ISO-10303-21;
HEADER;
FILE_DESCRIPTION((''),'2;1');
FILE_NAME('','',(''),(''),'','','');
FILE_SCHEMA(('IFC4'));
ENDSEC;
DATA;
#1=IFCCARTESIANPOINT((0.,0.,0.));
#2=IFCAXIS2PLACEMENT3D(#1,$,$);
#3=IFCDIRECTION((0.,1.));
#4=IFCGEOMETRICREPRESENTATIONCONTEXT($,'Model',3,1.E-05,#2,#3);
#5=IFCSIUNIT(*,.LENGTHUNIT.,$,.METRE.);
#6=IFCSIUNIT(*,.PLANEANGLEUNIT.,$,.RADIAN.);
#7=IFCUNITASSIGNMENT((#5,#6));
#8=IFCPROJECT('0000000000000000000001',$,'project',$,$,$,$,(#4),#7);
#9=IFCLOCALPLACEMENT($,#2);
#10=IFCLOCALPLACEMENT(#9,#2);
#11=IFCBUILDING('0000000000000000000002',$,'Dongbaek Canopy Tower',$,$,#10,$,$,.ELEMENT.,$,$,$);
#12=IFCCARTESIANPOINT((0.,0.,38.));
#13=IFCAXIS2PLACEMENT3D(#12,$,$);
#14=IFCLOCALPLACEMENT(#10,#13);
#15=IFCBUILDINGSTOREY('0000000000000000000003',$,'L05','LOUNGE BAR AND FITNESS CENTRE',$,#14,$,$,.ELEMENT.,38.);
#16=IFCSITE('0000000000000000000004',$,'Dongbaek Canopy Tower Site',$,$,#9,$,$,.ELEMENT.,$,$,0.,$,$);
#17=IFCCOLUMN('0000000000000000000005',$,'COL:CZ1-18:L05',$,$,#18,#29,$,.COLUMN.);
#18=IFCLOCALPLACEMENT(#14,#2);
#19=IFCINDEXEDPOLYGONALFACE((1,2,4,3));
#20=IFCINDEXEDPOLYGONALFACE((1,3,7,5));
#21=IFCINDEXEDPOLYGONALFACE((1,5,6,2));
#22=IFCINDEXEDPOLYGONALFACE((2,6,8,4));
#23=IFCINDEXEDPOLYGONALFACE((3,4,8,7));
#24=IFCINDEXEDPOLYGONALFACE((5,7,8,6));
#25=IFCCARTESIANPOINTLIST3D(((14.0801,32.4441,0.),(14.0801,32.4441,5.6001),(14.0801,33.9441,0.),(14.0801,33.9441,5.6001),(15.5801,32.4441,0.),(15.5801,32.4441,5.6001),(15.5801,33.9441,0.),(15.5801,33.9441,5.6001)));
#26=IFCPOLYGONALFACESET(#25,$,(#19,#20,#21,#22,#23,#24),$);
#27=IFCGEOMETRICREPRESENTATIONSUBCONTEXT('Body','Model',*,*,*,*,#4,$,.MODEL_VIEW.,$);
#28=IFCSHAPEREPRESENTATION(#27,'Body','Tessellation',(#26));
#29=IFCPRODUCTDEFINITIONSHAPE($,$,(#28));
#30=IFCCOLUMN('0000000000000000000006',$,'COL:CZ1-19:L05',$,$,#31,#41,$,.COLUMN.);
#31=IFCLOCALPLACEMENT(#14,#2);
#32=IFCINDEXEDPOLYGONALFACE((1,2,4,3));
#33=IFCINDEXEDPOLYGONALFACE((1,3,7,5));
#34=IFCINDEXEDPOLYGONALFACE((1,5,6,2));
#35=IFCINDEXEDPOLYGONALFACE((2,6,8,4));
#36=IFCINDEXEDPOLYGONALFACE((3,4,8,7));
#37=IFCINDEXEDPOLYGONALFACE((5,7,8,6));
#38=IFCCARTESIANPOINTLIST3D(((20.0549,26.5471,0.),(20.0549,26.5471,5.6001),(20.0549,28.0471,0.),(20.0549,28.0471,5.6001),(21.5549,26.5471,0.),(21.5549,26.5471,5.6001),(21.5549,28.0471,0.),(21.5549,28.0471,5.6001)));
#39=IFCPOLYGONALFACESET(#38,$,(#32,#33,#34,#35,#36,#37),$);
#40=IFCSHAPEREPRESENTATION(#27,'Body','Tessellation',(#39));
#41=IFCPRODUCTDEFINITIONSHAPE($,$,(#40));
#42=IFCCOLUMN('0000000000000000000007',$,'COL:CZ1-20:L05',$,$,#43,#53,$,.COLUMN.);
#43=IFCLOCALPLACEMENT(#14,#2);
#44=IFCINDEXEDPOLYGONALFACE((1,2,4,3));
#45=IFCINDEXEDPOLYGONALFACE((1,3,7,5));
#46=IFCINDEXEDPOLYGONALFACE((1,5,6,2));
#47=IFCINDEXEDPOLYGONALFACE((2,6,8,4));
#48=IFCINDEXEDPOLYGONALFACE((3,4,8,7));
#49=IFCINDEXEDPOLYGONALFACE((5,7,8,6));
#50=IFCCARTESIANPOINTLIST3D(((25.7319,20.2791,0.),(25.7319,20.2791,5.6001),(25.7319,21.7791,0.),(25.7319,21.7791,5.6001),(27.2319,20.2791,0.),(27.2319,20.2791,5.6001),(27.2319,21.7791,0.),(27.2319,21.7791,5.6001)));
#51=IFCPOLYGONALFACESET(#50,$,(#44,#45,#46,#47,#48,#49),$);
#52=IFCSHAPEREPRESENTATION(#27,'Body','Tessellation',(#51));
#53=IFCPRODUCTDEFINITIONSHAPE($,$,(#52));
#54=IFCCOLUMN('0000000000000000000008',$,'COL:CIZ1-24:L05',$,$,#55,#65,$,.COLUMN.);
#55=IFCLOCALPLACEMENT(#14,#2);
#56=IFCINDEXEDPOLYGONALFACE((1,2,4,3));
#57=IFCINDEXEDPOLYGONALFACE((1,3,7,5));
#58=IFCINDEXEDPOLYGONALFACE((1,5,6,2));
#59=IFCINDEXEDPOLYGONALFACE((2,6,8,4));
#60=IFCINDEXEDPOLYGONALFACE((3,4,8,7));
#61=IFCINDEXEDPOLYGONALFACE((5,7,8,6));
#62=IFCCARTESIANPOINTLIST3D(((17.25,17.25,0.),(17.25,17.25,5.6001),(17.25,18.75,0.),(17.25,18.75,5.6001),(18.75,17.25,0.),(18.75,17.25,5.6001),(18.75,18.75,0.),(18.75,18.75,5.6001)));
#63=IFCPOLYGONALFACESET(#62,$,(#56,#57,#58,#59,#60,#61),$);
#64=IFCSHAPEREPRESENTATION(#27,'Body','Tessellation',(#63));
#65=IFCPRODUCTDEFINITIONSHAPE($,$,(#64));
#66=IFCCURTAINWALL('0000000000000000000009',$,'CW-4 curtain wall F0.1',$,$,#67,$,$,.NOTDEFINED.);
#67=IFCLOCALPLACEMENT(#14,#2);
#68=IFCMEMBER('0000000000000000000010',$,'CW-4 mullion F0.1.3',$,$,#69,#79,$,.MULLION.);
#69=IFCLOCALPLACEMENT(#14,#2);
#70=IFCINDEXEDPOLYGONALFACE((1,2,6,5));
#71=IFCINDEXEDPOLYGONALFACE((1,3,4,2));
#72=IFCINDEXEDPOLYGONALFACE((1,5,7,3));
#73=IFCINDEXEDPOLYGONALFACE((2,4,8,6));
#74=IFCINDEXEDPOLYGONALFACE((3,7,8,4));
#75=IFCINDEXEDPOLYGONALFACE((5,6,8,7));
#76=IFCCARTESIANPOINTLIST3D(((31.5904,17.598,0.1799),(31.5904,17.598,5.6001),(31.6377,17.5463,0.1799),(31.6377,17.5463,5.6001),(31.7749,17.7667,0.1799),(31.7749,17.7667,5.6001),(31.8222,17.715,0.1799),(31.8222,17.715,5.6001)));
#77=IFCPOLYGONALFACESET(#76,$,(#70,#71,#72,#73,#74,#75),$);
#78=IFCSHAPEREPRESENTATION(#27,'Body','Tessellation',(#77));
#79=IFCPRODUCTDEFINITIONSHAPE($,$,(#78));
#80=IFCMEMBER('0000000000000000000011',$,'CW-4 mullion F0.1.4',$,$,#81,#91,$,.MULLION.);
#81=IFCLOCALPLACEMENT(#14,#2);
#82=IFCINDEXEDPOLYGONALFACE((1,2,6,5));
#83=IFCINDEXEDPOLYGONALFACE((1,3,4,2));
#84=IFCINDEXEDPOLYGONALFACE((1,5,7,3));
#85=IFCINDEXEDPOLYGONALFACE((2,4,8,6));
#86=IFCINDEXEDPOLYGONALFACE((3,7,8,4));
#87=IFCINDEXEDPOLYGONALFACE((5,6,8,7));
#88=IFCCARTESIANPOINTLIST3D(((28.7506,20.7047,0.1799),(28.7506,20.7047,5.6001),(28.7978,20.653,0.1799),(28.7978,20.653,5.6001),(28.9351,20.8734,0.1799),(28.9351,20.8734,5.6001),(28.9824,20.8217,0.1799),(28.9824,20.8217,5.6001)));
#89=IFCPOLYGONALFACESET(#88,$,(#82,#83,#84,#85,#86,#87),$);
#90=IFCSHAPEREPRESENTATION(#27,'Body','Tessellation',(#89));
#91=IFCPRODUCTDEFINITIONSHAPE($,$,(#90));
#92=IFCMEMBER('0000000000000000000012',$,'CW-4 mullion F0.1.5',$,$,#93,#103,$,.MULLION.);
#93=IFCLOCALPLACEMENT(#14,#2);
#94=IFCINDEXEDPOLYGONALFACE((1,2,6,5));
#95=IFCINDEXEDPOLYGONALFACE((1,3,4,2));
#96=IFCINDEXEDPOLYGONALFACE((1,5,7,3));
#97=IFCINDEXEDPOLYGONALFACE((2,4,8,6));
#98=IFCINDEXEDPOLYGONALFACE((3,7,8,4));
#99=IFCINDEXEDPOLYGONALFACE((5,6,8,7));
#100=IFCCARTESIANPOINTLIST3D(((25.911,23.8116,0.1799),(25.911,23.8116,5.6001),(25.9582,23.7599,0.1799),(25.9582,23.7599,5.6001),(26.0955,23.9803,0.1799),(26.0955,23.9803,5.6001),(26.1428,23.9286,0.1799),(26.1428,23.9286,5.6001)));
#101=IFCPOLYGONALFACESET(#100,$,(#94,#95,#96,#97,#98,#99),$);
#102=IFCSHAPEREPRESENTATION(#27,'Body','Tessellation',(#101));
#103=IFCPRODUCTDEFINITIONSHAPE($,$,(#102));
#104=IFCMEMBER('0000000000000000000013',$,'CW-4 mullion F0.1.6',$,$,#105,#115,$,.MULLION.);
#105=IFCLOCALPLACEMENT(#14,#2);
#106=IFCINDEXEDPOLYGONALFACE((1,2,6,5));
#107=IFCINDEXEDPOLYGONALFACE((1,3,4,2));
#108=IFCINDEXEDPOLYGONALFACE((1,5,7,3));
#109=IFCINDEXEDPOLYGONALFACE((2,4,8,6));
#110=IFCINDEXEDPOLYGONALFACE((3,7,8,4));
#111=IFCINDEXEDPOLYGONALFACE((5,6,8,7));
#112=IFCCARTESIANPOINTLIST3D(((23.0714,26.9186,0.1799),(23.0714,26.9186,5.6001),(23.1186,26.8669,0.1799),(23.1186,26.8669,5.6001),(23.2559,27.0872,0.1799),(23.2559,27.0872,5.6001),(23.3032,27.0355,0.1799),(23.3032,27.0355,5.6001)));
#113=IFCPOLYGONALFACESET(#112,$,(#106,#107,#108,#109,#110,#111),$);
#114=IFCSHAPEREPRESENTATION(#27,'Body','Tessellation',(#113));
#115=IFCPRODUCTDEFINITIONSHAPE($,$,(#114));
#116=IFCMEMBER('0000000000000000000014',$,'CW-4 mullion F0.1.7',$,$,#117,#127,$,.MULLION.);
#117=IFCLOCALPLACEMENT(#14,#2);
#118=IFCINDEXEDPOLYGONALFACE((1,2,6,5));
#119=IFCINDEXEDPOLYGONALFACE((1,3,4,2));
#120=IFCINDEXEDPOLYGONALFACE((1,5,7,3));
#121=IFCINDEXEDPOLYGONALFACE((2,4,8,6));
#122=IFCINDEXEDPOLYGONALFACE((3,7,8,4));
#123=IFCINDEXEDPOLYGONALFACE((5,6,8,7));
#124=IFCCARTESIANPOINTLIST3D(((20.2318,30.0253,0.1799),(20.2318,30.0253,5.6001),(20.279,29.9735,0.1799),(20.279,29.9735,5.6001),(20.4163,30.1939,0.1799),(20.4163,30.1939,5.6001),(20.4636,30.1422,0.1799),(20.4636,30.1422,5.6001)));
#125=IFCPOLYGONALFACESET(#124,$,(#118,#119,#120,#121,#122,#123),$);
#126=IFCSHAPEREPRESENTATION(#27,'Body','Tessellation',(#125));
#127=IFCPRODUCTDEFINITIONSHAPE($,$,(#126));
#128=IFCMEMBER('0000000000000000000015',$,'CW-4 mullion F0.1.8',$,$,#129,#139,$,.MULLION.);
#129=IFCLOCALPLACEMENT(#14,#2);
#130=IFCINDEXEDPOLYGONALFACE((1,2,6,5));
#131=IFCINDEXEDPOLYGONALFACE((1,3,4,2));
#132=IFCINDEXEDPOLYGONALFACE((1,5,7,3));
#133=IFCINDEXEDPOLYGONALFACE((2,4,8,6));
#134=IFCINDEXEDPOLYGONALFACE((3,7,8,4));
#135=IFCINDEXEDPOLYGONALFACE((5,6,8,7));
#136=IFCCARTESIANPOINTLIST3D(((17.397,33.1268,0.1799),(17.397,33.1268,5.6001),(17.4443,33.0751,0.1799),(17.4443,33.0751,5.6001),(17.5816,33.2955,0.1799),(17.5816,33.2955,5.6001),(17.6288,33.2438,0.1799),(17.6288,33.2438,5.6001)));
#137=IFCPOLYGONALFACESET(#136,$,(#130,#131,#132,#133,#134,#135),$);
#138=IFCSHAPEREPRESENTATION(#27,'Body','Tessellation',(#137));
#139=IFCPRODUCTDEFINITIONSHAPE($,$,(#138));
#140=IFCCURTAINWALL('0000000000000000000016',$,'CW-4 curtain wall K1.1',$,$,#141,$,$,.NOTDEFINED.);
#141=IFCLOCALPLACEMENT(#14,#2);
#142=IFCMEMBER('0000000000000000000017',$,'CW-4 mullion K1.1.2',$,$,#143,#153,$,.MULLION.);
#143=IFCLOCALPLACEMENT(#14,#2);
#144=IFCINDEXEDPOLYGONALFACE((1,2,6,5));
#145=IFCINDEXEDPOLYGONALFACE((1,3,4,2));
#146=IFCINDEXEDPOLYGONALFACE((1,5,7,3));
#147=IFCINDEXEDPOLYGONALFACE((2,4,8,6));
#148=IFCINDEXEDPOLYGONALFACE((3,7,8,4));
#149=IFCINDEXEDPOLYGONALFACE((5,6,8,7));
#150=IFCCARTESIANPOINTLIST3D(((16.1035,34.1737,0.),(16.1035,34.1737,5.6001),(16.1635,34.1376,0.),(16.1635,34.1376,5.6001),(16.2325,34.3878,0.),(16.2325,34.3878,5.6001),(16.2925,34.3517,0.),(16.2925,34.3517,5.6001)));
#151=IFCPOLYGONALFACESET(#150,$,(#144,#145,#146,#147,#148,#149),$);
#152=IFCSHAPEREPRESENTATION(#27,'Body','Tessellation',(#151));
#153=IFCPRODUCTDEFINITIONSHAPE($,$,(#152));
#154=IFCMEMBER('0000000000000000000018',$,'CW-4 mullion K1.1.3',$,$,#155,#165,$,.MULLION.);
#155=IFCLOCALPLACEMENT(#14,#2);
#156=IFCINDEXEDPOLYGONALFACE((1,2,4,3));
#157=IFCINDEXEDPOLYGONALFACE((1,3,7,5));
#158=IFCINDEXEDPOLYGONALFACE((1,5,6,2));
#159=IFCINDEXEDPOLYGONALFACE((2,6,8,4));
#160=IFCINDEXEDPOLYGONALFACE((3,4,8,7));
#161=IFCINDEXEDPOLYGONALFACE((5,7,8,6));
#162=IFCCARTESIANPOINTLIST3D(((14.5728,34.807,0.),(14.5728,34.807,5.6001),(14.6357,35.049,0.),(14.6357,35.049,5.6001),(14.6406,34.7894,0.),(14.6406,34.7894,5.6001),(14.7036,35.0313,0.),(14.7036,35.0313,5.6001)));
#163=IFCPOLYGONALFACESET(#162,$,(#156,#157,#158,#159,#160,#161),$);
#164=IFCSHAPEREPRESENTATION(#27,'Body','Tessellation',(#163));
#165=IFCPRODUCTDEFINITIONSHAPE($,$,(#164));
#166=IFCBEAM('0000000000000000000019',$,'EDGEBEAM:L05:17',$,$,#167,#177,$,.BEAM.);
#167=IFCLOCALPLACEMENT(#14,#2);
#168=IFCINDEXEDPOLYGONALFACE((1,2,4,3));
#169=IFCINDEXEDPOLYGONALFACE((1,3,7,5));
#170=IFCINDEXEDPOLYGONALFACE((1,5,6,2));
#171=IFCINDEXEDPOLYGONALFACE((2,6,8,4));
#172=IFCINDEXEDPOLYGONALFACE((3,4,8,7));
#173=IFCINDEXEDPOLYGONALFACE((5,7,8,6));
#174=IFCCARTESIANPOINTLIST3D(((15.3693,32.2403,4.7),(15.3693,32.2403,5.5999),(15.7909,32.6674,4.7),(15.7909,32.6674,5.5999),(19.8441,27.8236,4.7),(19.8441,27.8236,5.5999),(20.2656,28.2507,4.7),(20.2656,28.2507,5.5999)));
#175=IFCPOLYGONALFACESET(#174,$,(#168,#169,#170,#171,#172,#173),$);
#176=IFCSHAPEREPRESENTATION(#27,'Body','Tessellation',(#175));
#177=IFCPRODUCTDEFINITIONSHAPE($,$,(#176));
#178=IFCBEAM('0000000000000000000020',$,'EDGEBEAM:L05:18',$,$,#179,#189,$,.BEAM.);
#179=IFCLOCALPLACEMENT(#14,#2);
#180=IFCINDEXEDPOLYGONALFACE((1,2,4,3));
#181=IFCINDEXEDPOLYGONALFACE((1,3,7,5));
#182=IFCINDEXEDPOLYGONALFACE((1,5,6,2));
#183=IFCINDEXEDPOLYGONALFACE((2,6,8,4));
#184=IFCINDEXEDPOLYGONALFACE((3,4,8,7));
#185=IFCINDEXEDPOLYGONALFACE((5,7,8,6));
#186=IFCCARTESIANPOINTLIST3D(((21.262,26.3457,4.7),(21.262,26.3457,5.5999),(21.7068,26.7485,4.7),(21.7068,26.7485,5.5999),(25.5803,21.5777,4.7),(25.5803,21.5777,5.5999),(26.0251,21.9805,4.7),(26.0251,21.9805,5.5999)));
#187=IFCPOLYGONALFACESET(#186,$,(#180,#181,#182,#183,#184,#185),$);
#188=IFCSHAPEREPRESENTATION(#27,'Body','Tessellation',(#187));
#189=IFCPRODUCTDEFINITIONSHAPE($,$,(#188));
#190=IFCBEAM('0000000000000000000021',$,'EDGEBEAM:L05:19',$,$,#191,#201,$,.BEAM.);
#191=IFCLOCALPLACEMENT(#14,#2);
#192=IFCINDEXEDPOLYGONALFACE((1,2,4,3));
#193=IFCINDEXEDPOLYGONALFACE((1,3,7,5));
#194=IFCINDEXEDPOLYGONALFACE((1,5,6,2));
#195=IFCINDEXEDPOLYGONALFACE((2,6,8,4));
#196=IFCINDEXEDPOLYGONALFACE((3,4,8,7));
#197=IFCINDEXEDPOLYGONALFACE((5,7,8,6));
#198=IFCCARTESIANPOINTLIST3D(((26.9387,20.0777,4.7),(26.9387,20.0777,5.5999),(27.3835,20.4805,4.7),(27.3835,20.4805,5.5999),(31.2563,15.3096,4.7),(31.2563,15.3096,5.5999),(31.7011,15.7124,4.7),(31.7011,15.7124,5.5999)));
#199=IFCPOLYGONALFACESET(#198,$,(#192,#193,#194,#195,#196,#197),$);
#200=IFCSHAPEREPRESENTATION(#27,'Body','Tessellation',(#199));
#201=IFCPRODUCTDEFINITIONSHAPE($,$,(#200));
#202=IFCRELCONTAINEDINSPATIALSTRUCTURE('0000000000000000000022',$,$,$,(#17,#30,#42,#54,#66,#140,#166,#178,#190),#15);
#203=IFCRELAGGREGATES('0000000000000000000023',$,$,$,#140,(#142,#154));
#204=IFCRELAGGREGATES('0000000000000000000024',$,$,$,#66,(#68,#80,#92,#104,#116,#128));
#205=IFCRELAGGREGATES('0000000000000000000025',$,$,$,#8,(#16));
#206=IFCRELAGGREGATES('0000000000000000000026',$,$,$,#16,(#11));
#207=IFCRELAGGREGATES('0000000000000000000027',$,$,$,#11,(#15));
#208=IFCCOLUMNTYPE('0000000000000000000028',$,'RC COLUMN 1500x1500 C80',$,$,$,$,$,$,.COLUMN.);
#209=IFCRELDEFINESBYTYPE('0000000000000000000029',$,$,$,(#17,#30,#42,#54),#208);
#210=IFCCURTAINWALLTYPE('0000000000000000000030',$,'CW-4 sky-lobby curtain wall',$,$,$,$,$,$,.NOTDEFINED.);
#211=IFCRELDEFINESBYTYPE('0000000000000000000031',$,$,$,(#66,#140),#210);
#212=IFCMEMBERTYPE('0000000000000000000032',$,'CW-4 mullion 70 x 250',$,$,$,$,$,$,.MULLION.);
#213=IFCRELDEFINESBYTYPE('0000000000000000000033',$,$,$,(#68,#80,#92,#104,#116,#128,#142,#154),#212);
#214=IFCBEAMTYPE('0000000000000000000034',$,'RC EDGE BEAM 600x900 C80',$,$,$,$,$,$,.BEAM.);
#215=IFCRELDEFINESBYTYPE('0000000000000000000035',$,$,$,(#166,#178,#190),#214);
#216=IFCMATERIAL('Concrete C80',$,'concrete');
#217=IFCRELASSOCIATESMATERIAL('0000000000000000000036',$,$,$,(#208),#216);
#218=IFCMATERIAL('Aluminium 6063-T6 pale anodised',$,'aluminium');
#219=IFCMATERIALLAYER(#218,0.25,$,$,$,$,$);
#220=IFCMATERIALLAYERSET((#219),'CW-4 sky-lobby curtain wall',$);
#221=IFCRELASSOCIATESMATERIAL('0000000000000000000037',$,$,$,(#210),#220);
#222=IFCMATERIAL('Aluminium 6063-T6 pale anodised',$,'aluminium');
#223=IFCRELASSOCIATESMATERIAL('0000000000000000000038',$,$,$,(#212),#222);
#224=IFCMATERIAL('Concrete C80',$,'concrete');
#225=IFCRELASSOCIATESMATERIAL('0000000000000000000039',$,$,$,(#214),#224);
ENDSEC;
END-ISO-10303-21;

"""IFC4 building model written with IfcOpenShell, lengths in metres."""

from ifc_helpers import new_model, si_unit, direction, frame, origin, origin_2d, place, context, subcontext, project, spatial, rectangle, extrude, material, layer, layer_set, material_profile, profile_set, type_object, element, aggregate, save


model = new_model("IFC4")

# Units and contexts
model_context = context("Model", 3, precision=1e-05, world=origin(), true_north=direction((0.0, 1.0)))
body_context = subcontext(model_context, "Body", "Model", "MODEL_VIEW")
ifc_project = project(units=[si_unit("LENGTHUNIT", "METRE"), si_unit("PLANEANGLEUNIT", "RADIAN")], contexts=[model_context])

# Site, building, storey
site_placement = place(None, origin())
site = spatial("IfcSite", under=ifc_project, at=site_placement, Name="Dongbaek Canopy Tower Site", CompositionType="ELEMENT", RefElevation=0.0)
building_placement = place(site_placement, origin())
building = spatial("IfcBuilding", under=site, at=building_placement, Name="Dongbaek Canopy Tower", CompositionType="ELEMENT")
storey_placement = place(building_placement, frame((0.0, 0.0, 38.0)))
storey = spatial("IfcBuildingStorey", under=building, at=storey_placement, Name="L05", Description="LOUNGE BAR AND FITNESS CENTRE", CompositionType="ELEMENT", Elevation=38.0)

# Columns
ifc_material_1 = material(Name="Concrete C80", Category="concrete")
ifc_material_profile_1 = material_profile(ifc_material_1, rectangle(XDim=1.5, YDim=1.5, at=origin_2d()), Name="RC COLUMN 1500x1500 C80")
ifc_profile_set_1 = profile_set([ifc_material_profile_1], Name="Concrete C80")
column_type = type_object("IfcColumnType", Name="RC COLUMN 1500x1500 C80", PredefinedType="COLUMN", material=ifc_profile_set_1)
for number, where, z_axis, x_axis, name in (
    (1, (14.8301, 33.1941, 0.0), (0.0, 0.0, 1.0), (1.0, 0.0, 0.0), "COL:CZ1-18:L05"),
    (2, (20.8049, 27.2971, 0.0), (0.0, 0.0, 1.0), (1.0, 0.0, 0.0), "COL:CZ1-19:L05"),
    (3, (26.4819, 21.0291, 0.0), (0.0, 0.0, 1.0), (1.0, 0.0, 0.0), "COL:CZ1-20:L05"),
    (4, (18.0, 18.0, 0.0), (0.0, 0.0, 1.0), (1.0, 0.0, 0.0), "COL:CIZ1-24:L05"),
):
    element("IfcColumn", number, at=place(storey_placement, frame(where, z_axis=z_axis, x_axis=x_axis)), inside=storey, type_object=column_type, Name=name, PredefinedType="COLUMN", context=body_context, shape_type="SweptSolid", body=[
        extrude(rectangle(XDim=1.5, YDim=1.5, at=origin_2d()), origin(), (0.0, 0.0, 1.0), 5.6001),
    ])

# Curtain walls, members
ifc_material_2 = material(Name="Aluminium 6063-T6 pale anodised", Category="aluminium")
ifc_layer_1 = layer(ifc_material_2, 0.25)
ifc_layer_set_1 = layer_set([ifc_layer_1], Name="CW-4 sky-lobby curtain wall")
curtain_wall_type = type_object("IfcCurtainWallType", Name="CW-4 sky-lobby curtain wall", PredefinedType="NOTDEFINED", material=ifc_layer_set_1)
curtain_wall_1_placement = place(storey_placement, origin())
curtain_wall_1 = element("IfcCurtainWall", 5, at=curtain_wall_1_placement, inside=storey, type_object=curtain_wall_type, Name="CW-4 curtain wall F0.1", PredefinedType="NOTDEFINED")
ifc_material_3 = material(Name="Aluminium 6063-T6 pale anodised", Category="aluminium")
ifc_material_profile_2 = material_profile(ifc_material_3, rectangle(XDim=0.25, YDim=0.0701, at=origin_2d()), Name="CW-4 mullion 70 x 250")
ifc_profile_set_2 = profile_set([ifc_material_profile_2], Name="Aluminium 6063-T6 pale anodised")
member_type = type_object("IfcMemberType", Name="CW-4 mullion 70 x 250", PredefinedType="MULLION", material=ifc_profile_set_2)
member_1_placement = place(storey_placement, frame((31.7063, 17.6565, 0.1799), z_axis=(0.0, 0.0, 1.0), x_axis=(0.738141, 0.674647, 0.0)))
member_1 = element("IfcMember", 6, at=member_1_placement, type_object=member_type, Name="CW-4 mullion F0.1.3", PredefinedType="MULLION", context=body_context, shape_type="SweptSolid", body=[
    extrude(rectangle(XDim=0.25, YDim=0.0701, at=origin_2d()), origin(), (0.0, 0.0, 1.0), 5.4202),
])
member_2_placement = place(storey_placement, frame((28.8665, 20.7632, 0.1799), z_axis=(0.0, 0.0, 1.0), x_axis=(0.738141, 0.674647, 0.0)))
member_2 = element("IfcMember", 7, at=member_2_placement, type_object=member_type, Name="CW-4 mullion F0.1.4", PredefinedType="MULLION", context=body_context, shape_type="SweptSolid", body=[
    extrude(rectangle(XDim=0.25, YDim=0.0701, at=origin_2d()), origin(), (0.0, 0.0, 1.0), 5.4202),
])
member_3_placement = place(storey_placement, frame((26.0269, 23.8701, 0.1799), z_axis=(0.0, 0.0, 1.0), x_axis=(0.738141, 0.674647, 0.0)))
member_3 = element("IfcMember", 8, at=member_3_placement, type_object=member_type, Name="CW-4 mullion F0.1.5", PredefinedType="MULLION", context=body_context, shape_type="SweptSolid", body=[
    extrude(rectangle(XDim=0.25, YDim=0.0701, at=origin_2d()), origin(), (0.0, 0.0, 1.0), 5.4202),
])
member_4_placement = place(storey_placement, frame((23.1873, 26.9771, 0.1799), z_axis=(0.0, 0.0, 1.0), x_axis=(0.738141, 0.674647, 0.0)))
member_4 = element("IfcMember", 9, at=member_4_placement, type_object=member_type, Name="CW-4 mullion F0.1.6", PredefinedType="MULLION", context=body_context, shape_type="SweptSolid", body=[
    extrude(rectangle(XDim=0.25, YDim=0.0701, at=origin_2d()), origin(), (0.0, 0.0, 1.0), 5.4202),
])
member_5_placement = place(storey_placement, frame((20.3477, 30.0837, 0.1799), z_axis=(0.0, 0.0, 1.0), x_axis=(0.738141, 0.674647, 0.0)))
member_5 = element("IfcMember", 10, at=member_5_placement, type_object=member_type, Name="CW-4 mullion F0.1.7", PredefinedType="MULLION", context=body_context, shape_type="SweptSolid", body=[
    extrude(rectangle(XDim=0.25, YDim=0.0701, at=origin_2d()), origin(), (0.0, 0.0, 1.0), 5.4202),
])
member_6_placement = place(storey_placement, frame((17.5129, 33.1853, 0.1799), z_axis=(0.0, 0.0, 1.0), x_axis=(0.738141, 0.674647, 0.0)))
member_6 = element("IfcMember", 11, at=member_6_placement, type_object=member_type, Name="CW-4 mullion F0.1.8", PredefinedType="MULLION", context=body_context, shape_type="SweptSolid", body=[
    extrude(rectangle(XDim=0.25, YDim=0.0701, at=origin_2d()), origin(), (0.0, 0.0, 1.0), 5.4202),
])
curtain_wall_2_placement = place(storey_placement, origin())
curtain_wall_2 = element("IfcCurtainWall", 12, at=curtain_wall_2_placement, inside=storey, type_object=curtain_wall_type, Name="CW-4 curtain wall K1.1", PredefinedType="NOTDEFINED")
member_7_placement = place(storey_placement, frame((16.198, 34.2627, 0.0), z_axis=(0.0, 0.0, 1.0), x_axis=(0.516185, 0.856477, 0.0)))
member_7 = element("IfcMember", 13, at=member_7_placement, type_object=member_type, Name="CW-4 mullion K1.1.2", PredefinedType="MULLION", context=body_context, shape_type="SweptSolid", body=[
    extrude(rectangle(XDim=0.25, YDim=0.0701, at=origin_2d()), origin(), (0.0, 0.0, 1.0), 5.6001),
])
member_8_placement = place(storey_placement, frame((14.6382, 34.9192, 0.0), z_axis=(0.0, 0.0, 1.0), x_axis=(0.251734, 0.967797, 0.0)))
member_8 = element("IfcMember", 14, at=member_8_placement, type_object=member_type, Name="CW-4 mullion K1.1.3", PredefinedType="MULLION", context=body_context, shape_type="SweptSolid", body=[
    extrude(rectangle(XDim=0.25, YDim=0.0701, at=origin_2d()), origin(), (0.0, 0.0, 1.0), 5.6001),
])

# Beams
ifc_material_4 = material(Name="Concrete C80", Category="concrete")
ifc_material_profile_3 = material_profile(ifc_material_4, rectangle(XDim=0.6001, YDim=0.8999, at=origin_2d()), Name="RC EDGE BEAM 600x900 C80")
ifc_profile_set_3 = profile_set([ifc_material_profile_3], Name="Concrete C80")
beam_type = type_object("IfcBeamType", Name="RC EDGE BEAM 600x900 C80", PredefinedType="BEAM", material=ifc_profile_set_3)
beam_1_placement = place(storey_placement, frame((15.5801, 32.4539, 5.1499), z_axis=(0.711712, -0.702471, 0.0), x_axis=(0.702471, 0.711712, 0.0)))
element("IfcBeam", 15, at=beam_1_placement, inside=storey, type_object=beam_type, Name="EDGEBEAM:L05:17", PredefinedType="BEAM", context=body_context, shape_type="SweptSolid", body=[
    extrude(rectangle(XDim=0.6001, YDim=0.8999, at=origin_2d()), origin(), (0.0, 0.0, 1.0), 6.2874),
])
beam_2_placement = place(storey_placement, frame((21.4844, 26.5471, 5.1499), z_axis=(0.671289, -0.741196, 0.0), x_axis=(0.741196, 0.671289, 0.0)))
element("IfcBeam", 16, at=beam_2_placement, inside=storey, type_object=beam_type, Name="EDGEBEAM:L05:18", PredefinedType="BEAM", context=body_context, shape_type="SweptSolid", body=[
    extrude(rectangle(XDim=0.6001, YDim=0.8999, at=origin_2d()), origin(), (0.0, 0.0, 1.0), 6.4329),
])
beam_3_placement = place(storey_placement, frame((27.1611, 20.2791, 5.1499), z_axis=(0.671226, -0.741252, 0.0), x_axis=(0.741252, 0.671226, 0.0)))
element("IfcBeam", 17, at=beam_3_placement, inside=storey, type_object=beam_type, Name="EDGEBEAM:L05:19", PredefinedType="BEAM", context=body_context, shape_type="SweptSolid", body=[
    extrude(rectangle(XDim=0.6001, YDim=0.8999, at=origin_2d()), origin(), (0.0, 0.0, 1.0), 6.4324),
])

aggregate(curtain_wall_2, [member_7, member_8])

aggregate(curtain_wall_1, [member_1, member_2, member_3, member_4, member_5, member_6])

save(model, "model.ifc")
